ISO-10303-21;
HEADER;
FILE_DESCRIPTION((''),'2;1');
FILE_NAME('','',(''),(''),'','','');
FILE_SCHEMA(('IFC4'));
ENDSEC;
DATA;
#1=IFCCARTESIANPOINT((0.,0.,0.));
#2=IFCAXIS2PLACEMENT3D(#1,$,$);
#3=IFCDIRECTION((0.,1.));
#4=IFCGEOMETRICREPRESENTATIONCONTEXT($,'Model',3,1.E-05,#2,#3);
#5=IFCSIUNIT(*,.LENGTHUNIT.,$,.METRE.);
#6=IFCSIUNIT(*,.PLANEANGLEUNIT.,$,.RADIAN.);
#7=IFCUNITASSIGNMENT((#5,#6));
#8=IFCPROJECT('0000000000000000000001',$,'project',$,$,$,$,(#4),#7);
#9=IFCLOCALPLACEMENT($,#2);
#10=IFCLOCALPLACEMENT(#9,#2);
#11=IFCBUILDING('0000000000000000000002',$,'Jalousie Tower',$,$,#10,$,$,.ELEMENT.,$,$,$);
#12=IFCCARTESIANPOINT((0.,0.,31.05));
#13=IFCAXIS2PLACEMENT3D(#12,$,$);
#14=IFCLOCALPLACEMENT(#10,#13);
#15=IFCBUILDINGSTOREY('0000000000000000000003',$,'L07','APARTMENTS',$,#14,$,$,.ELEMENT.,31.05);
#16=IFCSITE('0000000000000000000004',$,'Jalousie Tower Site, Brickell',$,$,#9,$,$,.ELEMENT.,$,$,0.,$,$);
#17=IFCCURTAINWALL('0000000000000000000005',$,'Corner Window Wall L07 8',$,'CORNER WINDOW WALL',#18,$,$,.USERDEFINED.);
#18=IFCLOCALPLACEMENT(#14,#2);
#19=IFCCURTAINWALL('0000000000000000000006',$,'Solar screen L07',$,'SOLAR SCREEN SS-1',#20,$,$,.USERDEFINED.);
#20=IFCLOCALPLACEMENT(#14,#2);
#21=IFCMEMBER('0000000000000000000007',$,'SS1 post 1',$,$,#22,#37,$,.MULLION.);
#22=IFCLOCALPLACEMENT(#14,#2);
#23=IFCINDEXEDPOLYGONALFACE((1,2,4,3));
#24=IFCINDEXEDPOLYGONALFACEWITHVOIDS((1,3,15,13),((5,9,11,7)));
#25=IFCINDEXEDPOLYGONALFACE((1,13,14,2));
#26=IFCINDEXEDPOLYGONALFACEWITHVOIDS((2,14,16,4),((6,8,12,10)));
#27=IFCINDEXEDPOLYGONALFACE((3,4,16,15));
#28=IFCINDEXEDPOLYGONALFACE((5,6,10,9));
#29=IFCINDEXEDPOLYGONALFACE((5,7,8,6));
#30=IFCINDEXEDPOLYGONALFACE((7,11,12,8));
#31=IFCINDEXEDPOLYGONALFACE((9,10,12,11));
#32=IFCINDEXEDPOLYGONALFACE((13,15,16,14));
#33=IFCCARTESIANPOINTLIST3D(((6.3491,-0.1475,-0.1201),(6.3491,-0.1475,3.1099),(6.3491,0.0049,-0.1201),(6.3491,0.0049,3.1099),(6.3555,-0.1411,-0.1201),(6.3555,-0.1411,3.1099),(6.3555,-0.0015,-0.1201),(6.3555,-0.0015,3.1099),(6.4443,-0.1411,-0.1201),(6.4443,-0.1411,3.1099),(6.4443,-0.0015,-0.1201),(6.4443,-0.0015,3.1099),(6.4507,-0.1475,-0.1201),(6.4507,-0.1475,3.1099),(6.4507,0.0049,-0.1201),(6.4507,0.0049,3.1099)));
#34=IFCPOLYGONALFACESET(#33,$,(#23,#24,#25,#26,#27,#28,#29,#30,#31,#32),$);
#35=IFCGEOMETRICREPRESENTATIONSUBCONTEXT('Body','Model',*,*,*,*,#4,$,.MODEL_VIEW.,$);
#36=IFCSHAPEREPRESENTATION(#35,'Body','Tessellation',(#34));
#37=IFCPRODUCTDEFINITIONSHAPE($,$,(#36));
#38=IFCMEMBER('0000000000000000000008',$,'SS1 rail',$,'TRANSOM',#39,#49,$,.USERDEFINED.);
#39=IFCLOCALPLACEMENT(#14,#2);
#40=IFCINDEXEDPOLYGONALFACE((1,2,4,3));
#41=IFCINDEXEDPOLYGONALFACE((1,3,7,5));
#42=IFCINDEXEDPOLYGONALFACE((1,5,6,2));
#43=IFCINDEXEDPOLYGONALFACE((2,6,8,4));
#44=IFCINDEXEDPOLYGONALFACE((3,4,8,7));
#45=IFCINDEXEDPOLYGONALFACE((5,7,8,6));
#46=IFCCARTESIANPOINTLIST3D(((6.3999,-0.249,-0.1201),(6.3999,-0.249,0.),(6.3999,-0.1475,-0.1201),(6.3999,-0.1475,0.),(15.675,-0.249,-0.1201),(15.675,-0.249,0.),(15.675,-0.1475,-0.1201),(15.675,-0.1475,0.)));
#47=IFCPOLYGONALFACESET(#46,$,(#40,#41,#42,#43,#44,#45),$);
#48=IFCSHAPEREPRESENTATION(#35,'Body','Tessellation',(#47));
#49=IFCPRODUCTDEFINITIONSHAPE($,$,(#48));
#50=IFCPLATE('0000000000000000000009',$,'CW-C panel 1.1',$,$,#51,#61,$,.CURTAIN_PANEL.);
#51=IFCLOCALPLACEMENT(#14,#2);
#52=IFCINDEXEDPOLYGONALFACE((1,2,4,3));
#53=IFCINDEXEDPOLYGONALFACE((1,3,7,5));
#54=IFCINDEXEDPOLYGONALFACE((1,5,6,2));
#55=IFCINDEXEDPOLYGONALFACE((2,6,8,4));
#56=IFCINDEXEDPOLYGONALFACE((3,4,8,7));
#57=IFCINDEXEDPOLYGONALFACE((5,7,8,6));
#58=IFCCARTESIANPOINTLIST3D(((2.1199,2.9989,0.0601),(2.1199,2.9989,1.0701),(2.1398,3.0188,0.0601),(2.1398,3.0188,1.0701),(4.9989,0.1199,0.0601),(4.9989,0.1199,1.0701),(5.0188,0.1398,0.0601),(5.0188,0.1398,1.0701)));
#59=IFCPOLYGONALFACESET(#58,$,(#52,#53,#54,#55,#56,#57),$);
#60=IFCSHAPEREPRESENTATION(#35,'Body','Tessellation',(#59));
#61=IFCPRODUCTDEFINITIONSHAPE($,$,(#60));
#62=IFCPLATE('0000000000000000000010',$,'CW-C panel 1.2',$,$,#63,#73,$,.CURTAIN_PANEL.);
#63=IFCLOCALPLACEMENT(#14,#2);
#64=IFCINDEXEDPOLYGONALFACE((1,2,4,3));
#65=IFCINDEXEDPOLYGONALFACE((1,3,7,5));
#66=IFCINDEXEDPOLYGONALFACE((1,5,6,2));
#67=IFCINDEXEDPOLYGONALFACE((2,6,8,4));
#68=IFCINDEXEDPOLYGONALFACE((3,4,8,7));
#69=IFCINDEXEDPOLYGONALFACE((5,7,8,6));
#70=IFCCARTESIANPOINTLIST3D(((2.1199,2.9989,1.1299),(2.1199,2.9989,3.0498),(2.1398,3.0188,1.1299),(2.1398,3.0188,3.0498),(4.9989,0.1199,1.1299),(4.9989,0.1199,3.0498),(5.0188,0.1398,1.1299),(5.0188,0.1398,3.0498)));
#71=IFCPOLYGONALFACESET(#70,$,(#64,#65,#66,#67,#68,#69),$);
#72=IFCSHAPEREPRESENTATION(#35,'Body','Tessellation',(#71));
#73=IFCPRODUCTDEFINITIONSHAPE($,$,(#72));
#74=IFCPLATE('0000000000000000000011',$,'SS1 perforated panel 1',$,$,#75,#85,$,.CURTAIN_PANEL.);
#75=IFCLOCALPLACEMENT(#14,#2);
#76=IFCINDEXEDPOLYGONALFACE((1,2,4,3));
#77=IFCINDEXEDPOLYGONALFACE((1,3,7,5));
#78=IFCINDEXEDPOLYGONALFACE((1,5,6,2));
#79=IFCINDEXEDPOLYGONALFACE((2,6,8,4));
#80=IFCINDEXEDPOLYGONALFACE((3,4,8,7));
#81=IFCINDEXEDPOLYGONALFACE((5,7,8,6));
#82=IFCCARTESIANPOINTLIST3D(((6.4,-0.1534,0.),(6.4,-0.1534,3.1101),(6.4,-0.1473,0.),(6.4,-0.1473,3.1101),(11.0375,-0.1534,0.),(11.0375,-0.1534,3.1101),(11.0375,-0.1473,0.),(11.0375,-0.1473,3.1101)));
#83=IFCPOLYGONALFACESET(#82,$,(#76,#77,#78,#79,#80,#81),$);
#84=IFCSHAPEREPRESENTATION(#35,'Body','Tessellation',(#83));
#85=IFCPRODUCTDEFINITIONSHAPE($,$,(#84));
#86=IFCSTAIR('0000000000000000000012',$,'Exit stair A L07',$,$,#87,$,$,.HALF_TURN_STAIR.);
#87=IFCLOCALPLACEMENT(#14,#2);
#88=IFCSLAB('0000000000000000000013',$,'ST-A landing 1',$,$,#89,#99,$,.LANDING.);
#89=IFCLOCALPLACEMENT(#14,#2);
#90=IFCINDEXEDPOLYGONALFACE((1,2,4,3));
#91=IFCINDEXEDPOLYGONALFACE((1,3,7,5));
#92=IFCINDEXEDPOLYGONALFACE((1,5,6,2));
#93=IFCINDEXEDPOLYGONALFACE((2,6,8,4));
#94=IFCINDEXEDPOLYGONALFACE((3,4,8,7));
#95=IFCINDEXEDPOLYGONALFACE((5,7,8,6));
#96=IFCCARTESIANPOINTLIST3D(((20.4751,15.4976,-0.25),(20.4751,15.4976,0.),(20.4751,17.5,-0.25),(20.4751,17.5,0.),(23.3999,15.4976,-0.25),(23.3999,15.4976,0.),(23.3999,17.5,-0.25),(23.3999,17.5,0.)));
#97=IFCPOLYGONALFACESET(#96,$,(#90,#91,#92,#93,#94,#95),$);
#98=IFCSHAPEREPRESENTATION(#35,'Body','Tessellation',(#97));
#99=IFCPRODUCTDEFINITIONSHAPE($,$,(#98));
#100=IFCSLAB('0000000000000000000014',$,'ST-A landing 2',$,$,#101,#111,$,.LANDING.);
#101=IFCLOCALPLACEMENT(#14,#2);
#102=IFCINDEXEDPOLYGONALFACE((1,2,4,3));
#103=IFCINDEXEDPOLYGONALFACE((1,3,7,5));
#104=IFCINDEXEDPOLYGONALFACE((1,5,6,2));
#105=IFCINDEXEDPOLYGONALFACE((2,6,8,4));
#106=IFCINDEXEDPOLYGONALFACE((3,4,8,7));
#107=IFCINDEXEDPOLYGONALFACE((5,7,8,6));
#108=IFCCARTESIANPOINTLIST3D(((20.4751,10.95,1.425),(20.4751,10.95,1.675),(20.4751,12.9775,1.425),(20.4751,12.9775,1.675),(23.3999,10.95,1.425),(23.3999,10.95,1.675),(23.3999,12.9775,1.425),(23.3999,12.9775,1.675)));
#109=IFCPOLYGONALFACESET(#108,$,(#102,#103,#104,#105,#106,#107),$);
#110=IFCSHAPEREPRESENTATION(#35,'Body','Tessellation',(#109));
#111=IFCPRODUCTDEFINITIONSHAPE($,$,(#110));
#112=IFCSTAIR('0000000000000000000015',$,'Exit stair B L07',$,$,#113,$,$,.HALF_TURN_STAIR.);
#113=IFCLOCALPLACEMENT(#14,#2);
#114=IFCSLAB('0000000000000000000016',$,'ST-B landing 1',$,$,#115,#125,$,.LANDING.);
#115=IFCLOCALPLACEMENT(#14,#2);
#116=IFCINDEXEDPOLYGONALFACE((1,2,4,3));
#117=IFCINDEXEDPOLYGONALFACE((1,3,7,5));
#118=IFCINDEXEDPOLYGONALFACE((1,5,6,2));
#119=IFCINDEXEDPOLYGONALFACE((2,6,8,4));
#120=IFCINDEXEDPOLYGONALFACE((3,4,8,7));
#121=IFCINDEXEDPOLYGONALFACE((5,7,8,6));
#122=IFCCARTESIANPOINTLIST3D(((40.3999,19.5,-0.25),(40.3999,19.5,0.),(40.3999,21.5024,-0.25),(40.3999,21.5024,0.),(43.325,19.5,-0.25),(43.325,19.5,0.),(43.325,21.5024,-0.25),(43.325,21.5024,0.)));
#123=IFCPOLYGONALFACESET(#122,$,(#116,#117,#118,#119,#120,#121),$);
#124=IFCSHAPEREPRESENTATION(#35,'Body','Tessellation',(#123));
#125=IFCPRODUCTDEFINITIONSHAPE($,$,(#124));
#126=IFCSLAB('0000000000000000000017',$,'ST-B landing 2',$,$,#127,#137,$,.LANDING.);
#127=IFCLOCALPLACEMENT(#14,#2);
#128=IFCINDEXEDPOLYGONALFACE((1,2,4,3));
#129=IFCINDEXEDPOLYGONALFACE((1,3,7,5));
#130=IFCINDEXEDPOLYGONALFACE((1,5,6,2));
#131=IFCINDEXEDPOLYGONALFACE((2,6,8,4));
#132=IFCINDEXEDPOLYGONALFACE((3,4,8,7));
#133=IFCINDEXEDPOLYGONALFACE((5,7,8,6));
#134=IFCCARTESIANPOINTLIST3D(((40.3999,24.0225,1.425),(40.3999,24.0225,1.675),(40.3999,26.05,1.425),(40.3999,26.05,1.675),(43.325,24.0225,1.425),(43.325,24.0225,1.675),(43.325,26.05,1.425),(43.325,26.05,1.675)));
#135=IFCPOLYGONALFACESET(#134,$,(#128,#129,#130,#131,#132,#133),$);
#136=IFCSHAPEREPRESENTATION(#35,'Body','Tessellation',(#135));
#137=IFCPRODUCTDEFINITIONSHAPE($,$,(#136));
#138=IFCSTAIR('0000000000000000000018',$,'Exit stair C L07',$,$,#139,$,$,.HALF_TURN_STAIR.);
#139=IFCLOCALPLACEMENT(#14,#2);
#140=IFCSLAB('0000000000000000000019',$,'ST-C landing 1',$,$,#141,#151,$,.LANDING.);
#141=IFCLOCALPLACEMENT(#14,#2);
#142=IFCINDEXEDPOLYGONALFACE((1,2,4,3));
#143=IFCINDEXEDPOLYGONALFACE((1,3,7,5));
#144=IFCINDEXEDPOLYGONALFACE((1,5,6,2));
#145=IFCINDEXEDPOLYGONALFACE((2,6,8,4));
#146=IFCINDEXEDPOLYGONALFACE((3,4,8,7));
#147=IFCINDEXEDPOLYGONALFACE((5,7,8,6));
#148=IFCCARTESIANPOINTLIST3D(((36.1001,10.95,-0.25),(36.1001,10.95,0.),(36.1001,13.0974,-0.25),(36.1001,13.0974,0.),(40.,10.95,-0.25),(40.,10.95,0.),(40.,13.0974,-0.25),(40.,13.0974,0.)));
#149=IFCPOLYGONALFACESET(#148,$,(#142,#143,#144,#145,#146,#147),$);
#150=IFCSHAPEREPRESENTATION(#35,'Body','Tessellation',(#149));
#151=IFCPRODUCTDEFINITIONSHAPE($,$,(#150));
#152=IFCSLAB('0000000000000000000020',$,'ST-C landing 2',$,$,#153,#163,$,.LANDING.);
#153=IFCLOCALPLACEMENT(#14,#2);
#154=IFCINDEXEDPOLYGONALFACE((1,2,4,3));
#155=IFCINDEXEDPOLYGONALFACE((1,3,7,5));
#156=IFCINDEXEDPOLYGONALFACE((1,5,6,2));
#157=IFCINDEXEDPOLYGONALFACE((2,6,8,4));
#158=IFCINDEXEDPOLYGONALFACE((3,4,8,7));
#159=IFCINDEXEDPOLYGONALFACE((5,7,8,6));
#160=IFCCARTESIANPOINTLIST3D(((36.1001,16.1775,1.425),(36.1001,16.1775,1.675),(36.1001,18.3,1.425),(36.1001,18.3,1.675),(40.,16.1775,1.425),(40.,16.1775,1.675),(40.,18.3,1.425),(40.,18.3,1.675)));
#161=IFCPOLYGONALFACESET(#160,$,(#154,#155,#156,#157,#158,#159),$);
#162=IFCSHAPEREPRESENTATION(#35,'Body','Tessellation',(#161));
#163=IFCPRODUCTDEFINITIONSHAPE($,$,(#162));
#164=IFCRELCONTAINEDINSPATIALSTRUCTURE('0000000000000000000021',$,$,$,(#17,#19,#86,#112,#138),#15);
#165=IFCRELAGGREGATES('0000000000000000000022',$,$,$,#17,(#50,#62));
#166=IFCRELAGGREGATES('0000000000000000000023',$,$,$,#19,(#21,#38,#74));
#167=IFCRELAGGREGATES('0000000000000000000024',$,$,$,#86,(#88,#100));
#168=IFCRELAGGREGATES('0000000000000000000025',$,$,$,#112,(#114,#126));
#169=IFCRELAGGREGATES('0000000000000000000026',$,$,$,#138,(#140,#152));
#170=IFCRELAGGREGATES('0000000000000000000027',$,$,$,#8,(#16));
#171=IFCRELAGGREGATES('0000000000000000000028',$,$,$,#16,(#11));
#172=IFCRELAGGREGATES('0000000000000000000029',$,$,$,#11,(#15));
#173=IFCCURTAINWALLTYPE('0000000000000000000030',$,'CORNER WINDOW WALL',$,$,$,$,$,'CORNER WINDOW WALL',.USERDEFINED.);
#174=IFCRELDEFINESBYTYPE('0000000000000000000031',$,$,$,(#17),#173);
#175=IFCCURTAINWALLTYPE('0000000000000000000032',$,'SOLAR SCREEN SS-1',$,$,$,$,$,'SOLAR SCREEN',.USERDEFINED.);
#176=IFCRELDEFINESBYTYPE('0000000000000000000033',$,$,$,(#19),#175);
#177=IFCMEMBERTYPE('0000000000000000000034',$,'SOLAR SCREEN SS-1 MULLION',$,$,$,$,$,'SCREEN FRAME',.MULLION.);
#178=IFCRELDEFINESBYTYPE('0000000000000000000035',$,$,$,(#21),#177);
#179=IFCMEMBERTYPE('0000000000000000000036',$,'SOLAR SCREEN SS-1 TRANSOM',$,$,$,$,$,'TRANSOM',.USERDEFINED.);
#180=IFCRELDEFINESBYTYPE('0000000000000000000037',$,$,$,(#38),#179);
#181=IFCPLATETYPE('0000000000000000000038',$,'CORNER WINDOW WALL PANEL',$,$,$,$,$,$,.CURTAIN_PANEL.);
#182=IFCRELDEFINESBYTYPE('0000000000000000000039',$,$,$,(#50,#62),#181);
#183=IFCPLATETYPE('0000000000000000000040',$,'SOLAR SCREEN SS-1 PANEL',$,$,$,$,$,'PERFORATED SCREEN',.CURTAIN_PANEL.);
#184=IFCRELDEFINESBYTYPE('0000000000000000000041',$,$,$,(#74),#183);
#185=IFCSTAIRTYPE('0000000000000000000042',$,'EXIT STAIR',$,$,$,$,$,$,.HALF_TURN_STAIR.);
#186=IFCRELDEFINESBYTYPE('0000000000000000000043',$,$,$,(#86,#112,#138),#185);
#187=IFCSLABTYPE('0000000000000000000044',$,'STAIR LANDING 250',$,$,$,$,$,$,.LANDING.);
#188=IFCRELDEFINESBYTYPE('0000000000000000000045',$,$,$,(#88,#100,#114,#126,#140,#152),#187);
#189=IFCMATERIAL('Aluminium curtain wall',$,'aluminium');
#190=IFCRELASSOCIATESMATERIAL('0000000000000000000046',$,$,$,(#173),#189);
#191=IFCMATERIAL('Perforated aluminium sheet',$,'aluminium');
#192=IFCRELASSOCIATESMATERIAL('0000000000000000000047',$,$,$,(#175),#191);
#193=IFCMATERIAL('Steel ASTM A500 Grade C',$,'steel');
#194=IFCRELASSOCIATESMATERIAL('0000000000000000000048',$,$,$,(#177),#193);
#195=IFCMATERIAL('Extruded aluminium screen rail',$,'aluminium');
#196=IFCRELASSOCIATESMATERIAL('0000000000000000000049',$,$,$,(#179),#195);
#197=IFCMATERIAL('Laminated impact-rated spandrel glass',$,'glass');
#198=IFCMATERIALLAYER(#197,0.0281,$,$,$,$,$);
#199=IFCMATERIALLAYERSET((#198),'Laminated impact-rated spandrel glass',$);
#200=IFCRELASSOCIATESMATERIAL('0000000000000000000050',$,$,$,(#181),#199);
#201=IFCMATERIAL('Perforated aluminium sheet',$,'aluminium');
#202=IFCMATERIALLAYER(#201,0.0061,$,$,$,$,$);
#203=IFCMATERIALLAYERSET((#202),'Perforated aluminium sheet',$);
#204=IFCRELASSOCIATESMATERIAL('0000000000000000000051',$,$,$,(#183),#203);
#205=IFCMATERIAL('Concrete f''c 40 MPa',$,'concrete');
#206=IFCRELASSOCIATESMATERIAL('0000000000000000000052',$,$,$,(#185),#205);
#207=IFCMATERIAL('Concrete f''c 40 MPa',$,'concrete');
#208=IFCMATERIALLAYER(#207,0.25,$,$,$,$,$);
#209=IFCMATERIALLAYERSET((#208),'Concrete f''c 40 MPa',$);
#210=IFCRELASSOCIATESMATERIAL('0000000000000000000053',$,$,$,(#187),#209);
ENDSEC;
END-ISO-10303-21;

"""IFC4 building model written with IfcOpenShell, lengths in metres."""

from ifc_helpers import new_model, si_unit, direction, frame, origin, origin_2d, place, context, subcontext, project, spatial, polyline, rectangle, hollow_rectangle, outline, extrude, material, layer, layer_set, material_profile, profile_set, type_object, element, aggregate, save


model = new_model("IFC4")

# Units and contexts
model_context = context("Model", 3, precision=1e-05, world=origin(), true_north=direction((0.0, 1.0)))
body_context = subcontext(model_context, "Body", "Model", "MODEL_VIEW")
ifc_project = project(units=[si_unit("LENGTHUNIT", "METRE"), si_unit("PLANEANGLEUNIT", "RADIAN")], contexts=[model_context])

# Site, building, storey
site_placement = place(None, origin())
site = spatial("IfcSite", under=ifc_project, at=site_placement, Name="Jalousie Tower Site, Brickell", CompositionType="ELEMENT", RefElevation=0.0)
building_placement = place(site_placement, origin())
building = spatial("IfcBuilding", under=site, at=building_placement, Name="Jalousie Tower", CompositionType="ELEMENT")
storey_placement = place(building_placement, frame((0.0, 0.0, 31.05)))
storey = spatial("IfcBuildingStorey", under=building, at=storey_placement, Name="L07", Description="APARTMENTS", CompositionType="ELEMENT", Elevation=31.05)

# Curtain wall
ifc_material_1 = material(Name="Aluminium curtain wall", Category="aluminium")
curtain_wall_type_1 = type_object("IfcCurtainWallType", Name="CORNER WINDOW WALL", ElementType="CORNER WINDOW WALL", PredefinedType="USERDEFINED", material=ifc_material_1)
curtain_wall_1_placement = place(storey_placement, origin())
curtain_wall_1 = element("IfcCurtainWall", 1, at=curtain_wall_1_placement, inside=storey, type_object=curtain_wall_type_1, Name="Corner Window Wall L07 8", ObjectType="CORNER WINDOW WALL", PredefinedType="USERDEFINED")

# Curtain wall, members
ifc_material_2 = material(Name="Perforated aluminium sheet", Category="aluminium")
curtain_wall_type_2 = type_object("IfcCurtainWallType", Name="SOLAR SCREEN SS-1", ElementType="SOLAR SCREEN", PredefinedType="USERDEFINED", material=ifc_material_2)
curtain_wall_2_placement = place(storey_placement, origin())
curtain_wall_2 = element("IfcCurtainWall", 2, at=curtain_wall_2_placement, inside=storey, type_object=curtain_wall_type_2, Name="Solar screen L07", ObjectType="SOLAR SCREEN SS-1", PredefinedType="USERDEFINED")
ifc_material_3 = material(Name="Steel ASTM A500 Grade C", Category="steel")
ifc_material_profile_1 = material_profile(ifc_material_3, hollow_rectangle(XDim=0.1016, YDim=0.1523, WallThickness=0.0063, at=origin_2d()), Name="HSS6X4X1/4")
ifc_profile_set_1 = profile_set([ifc_material_profile_1], Name="Steel ASTM A500 Grade C")
member_type_1 = type_object("IfcMemberType", Name="SOLAR SCREEN SS-1 MULLION", ElementType="SCREEN FRAME", PredefinedType="MULLION", material=ifc_profile_set_1)
member_1_placement = place(storey_placement, frame((6.3999, -0.0713, -0.1201), z_axis=(0.0, 0.0, 1.0), x_axis=(1.0, 0.0, 0.0)))
member_1 = element("IfcMember", 3, at=member_1_placement, type_object=member_type_1, Name="SS1 post 1", PredefinedType="MULLION", context=body_context, shape_type="SweptSolid", body=[
    extrude(hollow_rectangle(XDim=0.1016, YDim=0.1523, WallThickness=0.0063, at=origin_2d()), origin(), (0.0, 0.0, 1.0), 3.23),
])
ifc_material_4 = material(Name="Extruded aluminium screen rail", Category="aluminium")
ifc_material_profile_2 = material_profile(ifc_material_4, rectangle(XDim=0.1016, YDim=0.1201, at=origin_2d()), Name="RAIL 102x120")
ifc_profile_set_2 = profile_set([ifc_material_profile_2], Name="Extruded aluminium screen rail")
member_type_2 = type_object("IfcMemberType", Name="SOLAR SCREEN SS-1 TRANSOM", ElementType="TRANSOM", PredefinedType="USERDEFINED", material=ifc_profile_set_2)
member_2_placement = place(storey_placement, frame((6.3999, -0.1982, -0.0601), z_axis=(1.0, 0.0, 0.0), x_axis=(0.0, 1.0, 0.0)))
member_2 = element("IfcMember", 4, at=member_2_placement, type_object=member_type_2, Name="SS1 rail", ObjectType="TRANSOM", PredefinedType="USERDEFINED", context=body_context, shape_type="SweptSolid", body=[
    extrude(rectangle(XDim=0.1016, YDim=0.1201, at=origin_2d()), origin(), (0.0, 0.0, 1.0), 9.2751),
])

# Plates
ifc_material_5 = material(Name="Laminated impact-rated spandrel glass", Category="glass")
ifc_layer_1 = layer(ifc_material_5, 0.0281)
ifc_layer_set_1 = layer_set([ifc_layer_1], Name="Laminated impact-rated spandrel glass")
plate_type_1 = type_object("IfcPlateType", Name="CORNER WINDOW WALL PANEL", PredefinedType="CURTAIN_PANEL", material=ifc_layer_set_1)
plate_1_placement = place(storey_placement, frame((3.5693, 1.5693, 0.0601), z_axis=(0.0, 0.0, 1.0), x_axis=(0.707107, -0.707107, 0.0)))
plate_1 = element("IfcPlate", 5, at=plate_1_placement, type_object=plate_type_1, Name="CW-C panel 1.1", PredefinedType="CURTAIN_PANEL", context=body_context, shape_type="SweptSolid", body=[
    extrude(rectangle(XDim=4.0715, YDim=0.0281, at=origin_2d()), origin(), (0.0, 0.0, 1.0), 1.01),
])
plate_2_placement = place(storey_placement, frame((3.5693, 1.5693, 1.1299), z_axis=(0.0, 0.0, 1.0), x_axis=(0.707107, -0.707107, 0.0)))
plate_2 = element("IfcPlate", 6, at=plate_2_placement, type_object=plate_type_1, Name="CW-C panel 1.2", PredefinedType="CURTAIN_PANEL", context=body_context, shape_type="SweptSolid", body=[
    extrude(rectangle(XDim=4.0715, YDim=0.0281, at=origin_2d()), origin(), (0.0, 0.0, 1.0), 1.9199),
])
aggregate(curtain_wall_1, [plate_1, plate_2])

# Plate
ifc_material_6 = material(Name="Perforated aluminium sheet", Category="aluminium")
ifc_layer_2 = layer(ifc_material_6, 0.0061)
ifc_layer_set_2 = layer_set([ifc_layer_2], Name="Perforated aluminium sheet")
plate_type_2 = type_object("IfcPlateType", Name="SOLAR SCREEN SS-1 PANEL", ElementType="PERFORATED SCREEN", PredefinedType="CURTAIN_PANEL", material=ifc_layer_set_2)
plate_3_placement = place(storey_placement, frame((8.7188, -0.1504, 0.0), z_axis=(0.0, 0.0, 1.0), x_axis=(1.0, 0.0, 0.0)))
plate_3 = element("IfcPlate", 7, at=plate_3_placement, type_object=plate_type_2, Name="SS1 perforated panel 1", PredefinedType="CURTAIN_PANEL", context=body_context, shape_type="SweptSolid", body=[
    extrude(rectangle(XDim=4.6375, YDim=0.0061, at=origin_2d()), origin(), (0.0, 0.0, 1.0), 3.1101),
])
aggregate(curtain_wall_2, [member_1, member_2, plate_3])

# Stairs, slabs
ifc_material_7 = material(Name="Concrete f'c 40 MPa", Category="concrete")
stair_type = type_object("IfcStairType", Name="EXIT STAIR", PredefinedType="HALF_TURN_STAIR", material=ifc_material_7)
stair_1_placement = place(storey_placement, origin())
stair_1 = element("IfcStair", 8, at=stair_1_placement, inside=storey, type_object=stair_type, Name="Exit stair A L07", PredefinedType="HALF_TURN_STAIR")
ifc_material_8 = material(Name="Concrete f'c 40 MPa", Category="concrete")
ifc_layer_3 = layer(ifc_material_8, 0.25)
ifc_layer_set_3 = layer_set([ifc_layer_3], Name="Concrete f'c 40 MPa")
slab_type_1 = type_object("IfcSlabType", Name="STAIR LANDING 250", PredefinedType="LANDING", material=ifc_layer_set_3)
slab_1_placement = place(storey_placement, frame((0.0, 0.0, -0.25)))
slab_1 = element("IfcSlab", 9, at=slab_1_placement, type_object=slab_type_1, Name="ST-A landing 1", PredefinedType="LANDING", context=body_context, shape_type="SweptSolid", body=[
    extrude(outline(polyline([(20.4751, 15.4976), (23.3999, 15.4976), (23.3999, 17.5), (20.4751, 17.5), (20.4751, 15.4976)])), origin(), (0.0, 0.0, 1.0), 0.25),
])
slab_2_placement = place(storey_placement, frame((0.0, 0.0, 1.425)))
slab_2 = element("IfcSlab", 10, at=slab_2_placement, type_object=slab_type_1, Name="ST-A landing 2", PredefinedType="LANDING", context=body_context, shape_type="SweptSolid", body=[
    extrude(outline(polyline([(20.4751, 10.95), (23.3999, 10.95), (23.3999, 12.9775), (20.4751, 12.9775), (20.4751, 10.95)])), origin(), (0.0, 0.0, 1.0), 0.25),
])
aggregate(stair_1, [slab_1, slab_2])
stair_2_placement = place(storey_placement, origin())
stair_2 = element("IfcStair", 11, at=stair_2_placement, inside=storey, type_object=stair_type, Name="Exit stair B L07", PredefinedType="HALF_TURN_STAIR")
slab_3_placement = place(storey_placement, frame((0.0, 0.0, -0.25)))
slab_3 = element("IfcSlab", 12, at=slab_3_placement, type_object=slab_type_1, Name="ST-B landing 1", PredefinedType="LANDING", context=body_context, shape_type="SweptSolid", body=[
    extrude(outline(polyline([(40.3999, 19.5), (43.325, 19.5), (43.325, 21.5024), (40.3999, 21.5024), (40.3999, 19.5)])), origin(), (0.0, 0.0, 1.0), 0.25),
])
slab_4_placement = place(storey_placement, frame((0.0, 0.0, 1.425)))
slab_4 = element("IfcSlab", 13, at=slab_4_placement, type_object=slab_type_1, Name="ST-B landing 2", PredefinedType="LANDING", context=body_context, shape_type="SweptSolid", body=[
    extrude(outline(polyline([(40.3999, 24.0225), (43.325, 24.0225), (43.325, 26.05), (40.3999, 26.05), (40.3999, 24.0225)])), origin(), (0.0, 0.0, 1.0), 0.25),
])
aggregate(stair_2, [slab_3, slab_4])
stair_3_placement = place(storey_placement, origin())
stair_3 = element("IfcStair", 14, at=stair_3_placement, inside=storey, type_object=stair_type, Name="Exit stair C L07", PredefinedType="HALF_TURN_STAIR")
slab_5_placement = place(storey_placement, frame((0.0, 0.0, -0.25)))
slab_5 = element("IfcSlab", 15, at=slab_5_placement, type_object=slab_type_1, Name="ST-C landing 1", PredefinedType="LANDING", context=body_context, shape_type="SweptSolid", body=[
    extrude(outline(polyline([(36.1001, 10.95), (40.0, 10.95), (40.0, 13.0974), (36.1001, 13.0974), (36.1001, 10.95)])), origin(), (0.0, 0.0, 1.0), 0.25),
])
slab_6_placement = place(storey_placement, frame((0.0, 0.0, 1.425)))
slab_6 = element("IfcSlab", 16, at=slab_6_placement, type_object=slab_type_1, Name="ST-C landing 2", PredefinedType="LANDING", context=body_context, shape_type="SweptSolid", body=[
    extrude(outline(polyline([(36.1001, 16.1775), (40.0, 16.1775), (40.0, 18.3), (36.1001, 18.3), (36.1001, 16.1775)])), origin(), (0.0, 0.0, 1.0), 0.25),
])
aggregate(stair_3, [slab_5, slab_6])

save(model, "model.ifc")
